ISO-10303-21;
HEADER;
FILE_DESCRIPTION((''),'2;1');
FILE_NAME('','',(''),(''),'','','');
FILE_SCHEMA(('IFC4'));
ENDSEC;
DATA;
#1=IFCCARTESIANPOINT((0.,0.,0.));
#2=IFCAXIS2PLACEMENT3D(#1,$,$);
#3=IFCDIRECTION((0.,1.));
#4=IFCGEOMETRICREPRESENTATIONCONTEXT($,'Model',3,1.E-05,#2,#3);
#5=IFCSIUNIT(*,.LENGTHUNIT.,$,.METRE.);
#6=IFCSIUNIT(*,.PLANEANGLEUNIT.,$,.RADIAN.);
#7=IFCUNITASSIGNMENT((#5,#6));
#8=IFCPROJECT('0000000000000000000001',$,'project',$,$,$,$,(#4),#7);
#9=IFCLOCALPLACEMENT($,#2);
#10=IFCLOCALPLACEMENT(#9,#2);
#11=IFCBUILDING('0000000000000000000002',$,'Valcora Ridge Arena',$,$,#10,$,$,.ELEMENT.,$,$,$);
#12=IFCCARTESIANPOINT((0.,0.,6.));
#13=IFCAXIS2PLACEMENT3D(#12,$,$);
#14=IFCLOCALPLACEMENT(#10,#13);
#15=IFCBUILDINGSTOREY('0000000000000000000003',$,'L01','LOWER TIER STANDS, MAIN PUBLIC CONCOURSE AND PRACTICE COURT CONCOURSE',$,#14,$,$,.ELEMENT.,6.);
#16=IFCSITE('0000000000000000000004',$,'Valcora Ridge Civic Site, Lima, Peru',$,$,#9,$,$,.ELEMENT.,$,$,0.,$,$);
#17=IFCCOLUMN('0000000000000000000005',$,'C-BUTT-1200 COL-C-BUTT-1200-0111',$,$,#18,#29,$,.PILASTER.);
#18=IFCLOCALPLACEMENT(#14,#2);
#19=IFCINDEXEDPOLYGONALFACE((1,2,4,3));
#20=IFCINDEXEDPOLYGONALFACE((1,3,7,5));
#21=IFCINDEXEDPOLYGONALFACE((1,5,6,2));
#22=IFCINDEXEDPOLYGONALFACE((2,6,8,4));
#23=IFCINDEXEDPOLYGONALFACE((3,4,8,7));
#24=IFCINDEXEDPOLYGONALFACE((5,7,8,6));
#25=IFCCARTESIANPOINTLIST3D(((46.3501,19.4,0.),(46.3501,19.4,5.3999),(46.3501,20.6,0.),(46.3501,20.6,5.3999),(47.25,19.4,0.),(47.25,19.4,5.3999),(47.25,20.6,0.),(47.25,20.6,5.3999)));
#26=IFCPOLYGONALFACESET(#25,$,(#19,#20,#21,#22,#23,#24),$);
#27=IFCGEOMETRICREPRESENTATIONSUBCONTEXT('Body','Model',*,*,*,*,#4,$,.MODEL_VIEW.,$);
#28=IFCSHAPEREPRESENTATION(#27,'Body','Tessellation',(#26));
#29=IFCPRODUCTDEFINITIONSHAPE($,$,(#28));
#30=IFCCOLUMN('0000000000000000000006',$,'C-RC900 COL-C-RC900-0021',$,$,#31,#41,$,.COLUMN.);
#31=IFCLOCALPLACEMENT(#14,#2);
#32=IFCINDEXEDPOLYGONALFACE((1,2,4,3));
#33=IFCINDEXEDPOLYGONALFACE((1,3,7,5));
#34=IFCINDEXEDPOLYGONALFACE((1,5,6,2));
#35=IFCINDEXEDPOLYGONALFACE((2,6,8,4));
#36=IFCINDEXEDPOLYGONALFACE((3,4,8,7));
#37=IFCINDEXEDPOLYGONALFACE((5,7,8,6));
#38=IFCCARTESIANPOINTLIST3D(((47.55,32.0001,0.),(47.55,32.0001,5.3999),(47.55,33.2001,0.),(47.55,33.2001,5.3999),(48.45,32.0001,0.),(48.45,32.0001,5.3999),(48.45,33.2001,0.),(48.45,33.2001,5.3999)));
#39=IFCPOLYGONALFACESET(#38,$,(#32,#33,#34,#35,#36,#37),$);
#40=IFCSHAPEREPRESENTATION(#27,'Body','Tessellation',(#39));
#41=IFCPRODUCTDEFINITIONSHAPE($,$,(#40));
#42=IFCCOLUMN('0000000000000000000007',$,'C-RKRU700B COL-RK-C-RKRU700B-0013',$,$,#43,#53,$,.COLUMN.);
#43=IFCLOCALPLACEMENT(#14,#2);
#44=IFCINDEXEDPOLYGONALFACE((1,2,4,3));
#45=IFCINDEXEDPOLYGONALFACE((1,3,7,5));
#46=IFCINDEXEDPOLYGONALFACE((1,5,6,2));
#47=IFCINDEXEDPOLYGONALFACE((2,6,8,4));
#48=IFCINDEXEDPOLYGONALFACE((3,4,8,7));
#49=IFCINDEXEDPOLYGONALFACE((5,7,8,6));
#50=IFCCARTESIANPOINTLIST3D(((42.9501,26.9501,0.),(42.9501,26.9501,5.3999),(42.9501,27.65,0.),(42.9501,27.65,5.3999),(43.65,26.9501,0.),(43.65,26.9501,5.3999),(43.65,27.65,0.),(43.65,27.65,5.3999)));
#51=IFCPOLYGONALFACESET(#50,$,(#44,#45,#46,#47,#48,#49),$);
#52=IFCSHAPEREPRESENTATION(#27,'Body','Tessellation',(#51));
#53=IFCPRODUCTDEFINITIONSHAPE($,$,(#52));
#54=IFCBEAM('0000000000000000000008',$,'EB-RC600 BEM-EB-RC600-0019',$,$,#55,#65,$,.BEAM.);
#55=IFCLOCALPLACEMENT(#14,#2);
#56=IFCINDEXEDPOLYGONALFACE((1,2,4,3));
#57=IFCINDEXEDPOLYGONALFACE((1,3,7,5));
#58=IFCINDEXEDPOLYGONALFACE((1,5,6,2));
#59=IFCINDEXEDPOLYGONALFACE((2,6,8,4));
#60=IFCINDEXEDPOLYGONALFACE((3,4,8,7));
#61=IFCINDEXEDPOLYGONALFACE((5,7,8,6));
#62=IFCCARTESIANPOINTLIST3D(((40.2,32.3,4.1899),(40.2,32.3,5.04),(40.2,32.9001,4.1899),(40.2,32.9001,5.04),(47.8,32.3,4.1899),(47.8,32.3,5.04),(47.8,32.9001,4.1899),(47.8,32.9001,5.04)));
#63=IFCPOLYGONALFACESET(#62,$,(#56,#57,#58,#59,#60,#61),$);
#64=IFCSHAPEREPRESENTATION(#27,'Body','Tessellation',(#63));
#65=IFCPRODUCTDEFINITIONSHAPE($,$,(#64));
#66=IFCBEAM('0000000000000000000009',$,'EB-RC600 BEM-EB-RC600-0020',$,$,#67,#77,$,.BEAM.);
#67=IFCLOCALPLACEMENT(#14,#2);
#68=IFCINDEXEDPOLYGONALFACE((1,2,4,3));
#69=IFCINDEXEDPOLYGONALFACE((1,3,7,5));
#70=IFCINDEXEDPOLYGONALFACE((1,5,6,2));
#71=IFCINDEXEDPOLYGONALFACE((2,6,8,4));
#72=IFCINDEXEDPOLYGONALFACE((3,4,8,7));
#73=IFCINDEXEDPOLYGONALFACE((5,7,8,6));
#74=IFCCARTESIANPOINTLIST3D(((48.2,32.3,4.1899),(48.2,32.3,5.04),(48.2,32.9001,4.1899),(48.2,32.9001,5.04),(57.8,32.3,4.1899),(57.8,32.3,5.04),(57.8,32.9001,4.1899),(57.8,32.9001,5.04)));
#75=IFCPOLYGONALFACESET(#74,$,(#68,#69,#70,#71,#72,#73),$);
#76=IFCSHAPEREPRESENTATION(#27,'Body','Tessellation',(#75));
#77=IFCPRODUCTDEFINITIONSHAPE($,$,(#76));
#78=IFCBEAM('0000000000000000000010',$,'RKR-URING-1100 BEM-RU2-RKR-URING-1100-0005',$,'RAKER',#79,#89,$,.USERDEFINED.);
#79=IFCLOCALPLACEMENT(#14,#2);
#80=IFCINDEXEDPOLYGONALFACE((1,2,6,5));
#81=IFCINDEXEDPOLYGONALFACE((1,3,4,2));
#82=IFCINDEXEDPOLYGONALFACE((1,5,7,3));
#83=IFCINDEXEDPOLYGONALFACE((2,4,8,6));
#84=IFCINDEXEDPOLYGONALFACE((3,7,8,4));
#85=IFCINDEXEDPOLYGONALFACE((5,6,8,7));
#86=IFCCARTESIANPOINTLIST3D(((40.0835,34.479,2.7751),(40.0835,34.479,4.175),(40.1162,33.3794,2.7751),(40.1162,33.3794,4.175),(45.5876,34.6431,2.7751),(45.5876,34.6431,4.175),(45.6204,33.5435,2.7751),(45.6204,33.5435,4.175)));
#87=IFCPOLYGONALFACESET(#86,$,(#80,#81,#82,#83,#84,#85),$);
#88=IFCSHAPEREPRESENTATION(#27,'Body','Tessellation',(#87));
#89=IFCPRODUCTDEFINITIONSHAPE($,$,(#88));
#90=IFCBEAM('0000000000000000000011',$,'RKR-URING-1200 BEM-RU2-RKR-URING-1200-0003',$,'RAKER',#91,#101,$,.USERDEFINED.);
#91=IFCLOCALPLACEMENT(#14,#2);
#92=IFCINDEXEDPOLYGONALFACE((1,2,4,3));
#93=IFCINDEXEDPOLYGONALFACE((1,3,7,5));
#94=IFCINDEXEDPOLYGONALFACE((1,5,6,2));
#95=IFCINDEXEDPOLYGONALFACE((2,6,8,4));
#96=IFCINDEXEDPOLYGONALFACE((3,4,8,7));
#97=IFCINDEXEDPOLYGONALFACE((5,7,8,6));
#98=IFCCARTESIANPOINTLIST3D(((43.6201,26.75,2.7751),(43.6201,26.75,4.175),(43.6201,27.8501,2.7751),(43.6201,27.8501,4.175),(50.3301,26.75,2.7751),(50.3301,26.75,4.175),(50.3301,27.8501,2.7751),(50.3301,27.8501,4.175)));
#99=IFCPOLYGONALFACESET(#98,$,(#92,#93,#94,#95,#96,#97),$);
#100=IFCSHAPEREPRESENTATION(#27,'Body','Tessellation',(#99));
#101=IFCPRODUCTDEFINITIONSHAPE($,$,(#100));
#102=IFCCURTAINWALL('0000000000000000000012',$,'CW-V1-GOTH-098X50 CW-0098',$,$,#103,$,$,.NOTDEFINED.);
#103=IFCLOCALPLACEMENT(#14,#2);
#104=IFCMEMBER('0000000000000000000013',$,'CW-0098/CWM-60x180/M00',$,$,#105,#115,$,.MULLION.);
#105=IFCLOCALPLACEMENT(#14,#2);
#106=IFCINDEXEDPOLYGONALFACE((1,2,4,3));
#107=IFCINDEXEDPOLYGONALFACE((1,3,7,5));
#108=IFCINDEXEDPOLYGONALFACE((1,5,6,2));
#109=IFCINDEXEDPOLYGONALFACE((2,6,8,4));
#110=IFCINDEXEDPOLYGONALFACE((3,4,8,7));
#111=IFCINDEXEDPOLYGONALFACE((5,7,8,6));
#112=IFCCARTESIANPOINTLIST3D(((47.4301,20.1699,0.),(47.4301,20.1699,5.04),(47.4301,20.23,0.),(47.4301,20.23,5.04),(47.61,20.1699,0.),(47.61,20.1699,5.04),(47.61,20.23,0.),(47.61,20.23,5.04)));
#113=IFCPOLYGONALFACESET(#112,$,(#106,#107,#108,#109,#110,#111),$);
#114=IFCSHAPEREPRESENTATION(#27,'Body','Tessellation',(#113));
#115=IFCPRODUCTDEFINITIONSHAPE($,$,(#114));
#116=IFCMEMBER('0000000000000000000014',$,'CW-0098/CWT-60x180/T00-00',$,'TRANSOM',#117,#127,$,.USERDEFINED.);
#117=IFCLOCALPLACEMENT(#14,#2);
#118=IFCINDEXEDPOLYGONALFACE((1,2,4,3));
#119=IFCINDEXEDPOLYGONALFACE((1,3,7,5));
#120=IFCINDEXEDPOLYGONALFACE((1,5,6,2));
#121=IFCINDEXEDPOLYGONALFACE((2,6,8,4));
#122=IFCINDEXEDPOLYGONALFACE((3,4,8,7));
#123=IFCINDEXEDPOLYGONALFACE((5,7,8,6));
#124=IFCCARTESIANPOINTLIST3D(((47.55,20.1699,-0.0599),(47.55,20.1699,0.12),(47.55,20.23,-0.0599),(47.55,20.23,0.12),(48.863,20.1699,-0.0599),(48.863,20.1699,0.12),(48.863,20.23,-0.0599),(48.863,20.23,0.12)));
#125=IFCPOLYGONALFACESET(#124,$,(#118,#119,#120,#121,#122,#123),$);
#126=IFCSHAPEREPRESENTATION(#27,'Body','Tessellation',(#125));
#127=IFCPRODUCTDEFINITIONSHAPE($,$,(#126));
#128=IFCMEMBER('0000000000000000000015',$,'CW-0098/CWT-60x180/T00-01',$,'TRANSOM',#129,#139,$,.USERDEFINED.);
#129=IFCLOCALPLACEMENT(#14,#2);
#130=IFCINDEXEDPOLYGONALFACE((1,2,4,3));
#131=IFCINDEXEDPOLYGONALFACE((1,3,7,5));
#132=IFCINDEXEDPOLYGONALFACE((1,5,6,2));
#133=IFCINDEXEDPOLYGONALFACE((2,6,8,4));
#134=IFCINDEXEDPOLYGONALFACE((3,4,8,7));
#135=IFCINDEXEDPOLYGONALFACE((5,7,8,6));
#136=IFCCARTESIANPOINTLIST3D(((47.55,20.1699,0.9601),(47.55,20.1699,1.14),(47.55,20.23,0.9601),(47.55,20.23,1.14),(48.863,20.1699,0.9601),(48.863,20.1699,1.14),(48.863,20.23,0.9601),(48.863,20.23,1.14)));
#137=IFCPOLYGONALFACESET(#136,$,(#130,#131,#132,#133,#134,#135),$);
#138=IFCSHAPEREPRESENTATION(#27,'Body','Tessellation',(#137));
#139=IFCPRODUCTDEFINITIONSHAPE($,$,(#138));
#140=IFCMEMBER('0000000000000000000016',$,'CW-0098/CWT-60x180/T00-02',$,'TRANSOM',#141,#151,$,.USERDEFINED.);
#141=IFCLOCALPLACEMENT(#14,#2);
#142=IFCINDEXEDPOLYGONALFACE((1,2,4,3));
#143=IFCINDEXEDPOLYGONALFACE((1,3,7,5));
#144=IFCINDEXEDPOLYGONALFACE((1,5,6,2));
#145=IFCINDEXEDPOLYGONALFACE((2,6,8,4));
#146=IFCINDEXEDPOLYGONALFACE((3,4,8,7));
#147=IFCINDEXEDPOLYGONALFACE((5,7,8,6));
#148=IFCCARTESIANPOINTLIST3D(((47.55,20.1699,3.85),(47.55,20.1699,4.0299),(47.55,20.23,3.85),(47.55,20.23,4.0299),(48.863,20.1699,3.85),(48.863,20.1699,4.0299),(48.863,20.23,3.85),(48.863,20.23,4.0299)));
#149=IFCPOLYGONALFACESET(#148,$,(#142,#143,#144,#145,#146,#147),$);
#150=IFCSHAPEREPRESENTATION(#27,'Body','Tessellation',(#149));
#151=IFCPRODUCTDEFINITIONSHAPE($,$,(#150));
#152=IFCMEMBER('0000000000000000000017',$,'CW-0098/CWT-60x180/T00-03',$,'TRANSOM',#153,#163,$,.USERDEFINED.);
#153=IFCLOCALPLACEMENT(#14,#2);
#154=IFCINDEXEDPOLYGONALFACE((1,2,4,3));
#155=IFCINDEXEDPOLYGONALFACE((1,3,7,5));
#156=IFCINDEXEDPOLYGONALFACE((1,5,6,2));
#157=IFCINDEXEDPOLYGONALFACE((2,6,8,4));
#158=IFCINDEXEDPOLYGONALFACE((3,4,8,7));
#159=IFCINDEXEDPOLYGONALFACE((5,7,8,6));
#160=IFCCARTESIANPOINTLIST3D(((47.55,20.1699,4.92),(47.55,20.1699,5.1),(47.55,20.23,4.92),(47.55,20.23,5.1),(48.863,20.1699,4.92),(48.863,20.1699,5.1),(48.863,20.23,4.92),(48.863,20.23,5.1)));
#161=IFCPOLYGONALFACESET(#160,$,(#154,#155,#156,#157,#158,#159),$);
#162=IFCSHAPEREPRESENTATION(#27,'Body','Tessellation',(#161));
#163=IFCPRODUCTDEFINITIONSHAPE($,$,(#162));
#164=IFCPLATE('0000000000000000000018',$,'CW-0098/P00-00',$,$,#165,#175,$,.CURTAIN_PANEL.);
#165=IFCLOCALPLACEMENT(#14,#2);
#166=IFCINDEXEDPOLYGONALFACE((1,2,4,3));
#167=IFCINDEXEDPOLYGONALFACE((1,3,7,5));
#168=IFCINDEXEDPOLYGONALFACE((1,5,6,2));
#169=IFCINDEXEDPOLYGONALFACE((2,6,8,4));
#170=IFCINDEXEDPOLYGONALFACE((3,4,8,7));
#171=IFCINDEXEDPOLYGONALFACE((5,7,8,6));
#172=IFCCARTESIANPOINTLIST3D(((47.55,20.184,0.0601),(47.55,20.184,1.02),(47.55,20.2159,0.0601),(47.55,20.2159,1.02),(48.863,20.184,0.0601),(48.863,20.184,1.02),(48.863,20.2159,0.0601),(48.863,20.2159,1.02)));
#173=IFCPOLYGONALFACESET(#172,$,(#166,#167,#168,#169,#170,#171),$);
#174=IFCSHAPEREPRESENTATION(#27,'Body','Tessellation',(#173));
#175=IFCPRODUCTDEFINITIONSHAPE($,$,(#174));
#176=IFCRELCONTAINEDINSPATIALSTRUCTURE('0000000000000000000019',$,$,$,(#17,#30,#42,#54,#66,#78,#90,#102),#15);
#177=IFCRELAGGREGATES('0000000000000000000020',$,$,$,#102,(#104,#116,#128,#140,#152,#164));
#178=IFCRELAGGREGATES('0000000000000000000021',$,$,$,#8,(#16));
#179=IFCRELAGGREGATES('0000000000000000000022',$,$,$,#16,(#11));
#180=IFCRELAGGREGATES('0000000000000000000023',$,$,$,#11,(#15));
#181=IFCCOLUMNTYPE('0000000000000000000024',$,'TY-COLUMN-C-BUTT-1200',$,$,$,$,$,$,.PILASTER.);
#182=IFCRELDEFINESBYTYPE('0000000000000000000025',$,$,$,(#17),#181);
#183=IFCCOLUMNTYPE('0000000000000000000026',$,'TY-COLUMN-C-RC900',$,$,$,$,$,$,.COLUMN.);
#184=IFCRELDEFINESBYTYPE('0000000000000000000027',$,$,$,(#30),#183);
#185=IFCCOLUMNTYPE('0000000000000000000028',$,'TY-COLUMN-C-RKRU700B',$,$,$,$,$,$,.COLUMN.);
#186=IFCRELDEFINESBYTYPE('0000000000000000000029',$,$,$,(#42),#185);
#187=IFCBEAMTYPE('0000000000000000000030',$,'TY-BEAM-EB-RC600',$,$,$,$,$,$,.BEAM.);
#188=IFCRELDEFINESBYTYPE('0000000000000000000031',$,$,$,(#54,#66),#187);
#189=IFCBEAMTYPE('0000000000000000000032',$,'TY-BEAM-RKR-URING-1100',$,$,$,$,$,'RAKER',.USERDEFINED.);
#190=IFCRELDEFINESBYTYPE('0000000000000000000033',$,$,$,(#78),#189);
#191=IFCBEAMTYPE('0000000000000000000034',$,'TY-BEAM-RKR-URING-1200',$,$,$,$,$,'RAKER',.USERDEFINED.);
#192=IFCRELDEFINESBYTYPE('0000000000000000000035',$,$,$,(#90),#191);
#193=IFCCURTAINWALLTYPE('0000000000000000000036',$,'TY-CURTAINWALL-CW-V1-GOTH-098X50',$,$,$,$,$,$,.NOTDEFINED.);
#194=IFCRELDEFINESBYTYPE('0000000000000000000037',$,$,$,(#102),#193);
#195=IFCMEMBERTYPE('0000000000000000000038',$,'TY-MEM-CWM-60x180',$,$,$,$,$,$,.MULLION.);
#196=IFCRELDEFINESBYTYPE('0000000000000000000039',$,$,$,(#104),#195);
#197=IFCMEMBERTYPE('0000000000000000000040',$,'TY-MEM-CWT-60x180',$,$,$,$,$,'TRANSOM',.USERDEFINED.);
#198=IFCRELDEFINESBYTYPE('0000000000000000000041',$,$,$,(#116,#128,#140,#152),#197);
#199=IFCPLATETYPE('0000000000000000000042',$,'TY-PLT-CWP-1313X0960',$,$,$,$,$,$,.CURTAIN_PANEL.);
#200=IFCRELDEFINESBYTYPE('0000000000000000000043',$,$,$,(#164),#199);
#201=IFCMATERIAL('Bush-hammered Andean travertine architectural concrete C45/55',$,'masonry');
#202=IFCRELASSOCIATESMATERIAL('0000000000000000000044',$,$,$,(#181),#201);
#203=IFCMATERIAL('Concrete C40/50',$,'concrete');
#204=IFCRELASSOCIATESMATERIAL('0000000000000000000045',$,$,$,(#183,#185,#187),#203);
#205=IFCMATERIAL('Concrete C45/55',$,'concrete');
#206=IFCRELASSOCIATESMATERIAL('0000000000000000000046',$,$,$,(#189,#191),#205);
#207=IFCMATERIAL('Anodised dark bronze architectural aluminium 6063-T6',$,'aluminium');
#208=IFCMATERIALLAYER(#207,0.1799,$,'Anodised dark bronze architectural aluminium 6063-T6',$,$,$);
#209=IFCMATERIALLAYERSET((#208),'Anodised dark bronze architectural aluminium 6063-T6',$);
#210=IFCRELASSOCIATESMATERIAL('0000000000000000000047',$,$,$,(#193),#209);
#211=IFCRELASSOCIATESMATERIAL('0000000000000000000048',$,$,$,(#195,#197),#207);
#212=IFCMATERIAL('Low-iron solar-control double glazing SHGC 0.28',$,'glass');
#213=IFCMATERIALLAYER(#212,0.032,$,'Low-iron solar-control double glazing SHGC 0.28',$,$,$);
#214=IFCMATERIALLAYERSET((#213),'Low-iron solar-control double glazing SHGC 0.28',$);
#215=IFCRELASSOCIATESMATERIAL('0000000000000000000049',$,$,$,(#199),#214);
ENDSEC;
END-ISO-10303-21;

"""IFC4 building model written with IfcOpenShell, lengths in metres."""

from ifc_helpers import new_model, si_unit, direction, frame, origin, origin_2d, place, context, subcontext, project, spatial, rectangle, extrude, material, layer, layer_set, material_profile, profile_set, type_object, element, aggregate, save


model = new_model("IFC4")

# Units and contexts
model_context = context("Model", 3, precision=1e-05, world=origin(), true_north=direction((0.0, 1.0)))
body_context = subcontext(model_context, "Body", "Model", "MODEL_VIEW")
ifc_project = project(units=[si_unit("LENGTHUNIT", "METRE"), si_unit("PLANEANGLEUNIT", "RADIAN")], contexts=[model_context])

# Site, building, storey
site_placement = place(None, origin())
site = spatial("IfcSite", under=ifc_project, at=site_placement, Name="Valcora Ridge Civic Site, Lima, Peru", CompositionType="ELEMENT", RefElevation=0.0)
building_placement = place(site_placement, origin())
building = spatial("IfcBuilding", under=site, at=building_placement, Name="Valcora Ridge Arena", CompositionType="ELEMENT")
storey_placement = place(building_placement, frame((0.0, 0.0, 6.0)))
storey = spatial("IfcBuildingStorey", under=building, at=storey_placement, Name="L01", Description="LOWER TIER STANDS, MAIN PUBLIC CONCOURSE AND PRACTICE COURT CONCOURSE", CompositionType="ELEMENT", Elevation=6.0)

# Columns
ifc_material_1 = material(Name="Bush-hammered Andean travertine architectural concrete C45/55", Category="masonry")
ifc_material_profile_1 = material_profile(ifc_material_1, rectangle(XDim=0.8999, YDim=1.2, at=origin_2d()), Name="RC 900x1200")
ifc_profile_set_1 = profile_set([ifc_material_profile_1], Name="Bush-hammered Andean travertine architectural concrete C45/55")
column_type_1 = type_object("IfcColumnType", Name="TY-COLUMN-C-BUTT-1200", PredefinedType="PILASTER", material=ifc_profile_set_1)
column_1_placement = place(storey_placement, frame((46.8, 20.0, 0.0), z_axis=(0.0, 0.0, 1.0), x_axis=(1.0, 0.0, 0.0)))
element("IfcColumn", 1, at=column_1_placement, inside=storey, type_object=column_type_1, Name="C-BUTT-1200 COL-C-BUTT-1200-0111", PredefinedType="PILASTER", context=body_context, shape_type="SweptSolid", body=[
    extrude(rectangle(XDim=0.8999, YDim=1.2, at=origin_2d()), origin(), (0.0, 0.0, 1.0), 5.3999),
])
ifc_material_2 = material(Name="Concrete C40/50", Category="concrete")
ifc_material_profile_2 = material_profile(ifc_material_2, rectangle(XDim=0.8999, YDim=1.2, at=origin_2d()), Name="RC 900x1200")
ifc_profile_set_2 = profile_set([ifc_material_profile_2], Name="Concrete C40/50")
column_type_2 = type_object("IfcColumnType", Name="TY-COLUMN-C-RC900", PredefinedType="COLUMN", material=ifc_profile_set_2)
column_2_placement = place(storey_placement, frame((48.0, 32.6001, 0.0), z_axis=(0.0, 0.0, 1.0), x_axis=(1.0, 0.0, 0.0)))
element("IfcColumn", 2, at=column_2_placement, inside=storey, type_object=column_type_2, Name="C-RC900 COL-C-RC900-0021", PredefinedType="COLUMN", context=body_context, shape_type="SweptSolid", body=[
    extrude(rectangle(XDim=0.8999, YDim=1.2, at=origin_2d()), origin(), (0.0, 0.0, 1.0), 5.3999),
])
ifc_material_profile_3 = material_profile(ifc_material_2, rectangle(XDim=0.7, YDim=0.7, at=origin_2d()), Name="RC 700x700")
ifc_profile_set_3 = profile_set([ifc_material_profile_3], Name="Concrete C40/50")
column_type_3 = type_object("IfcColumnType", Name="TY-COLUMN-C-RKRU700B", PredefinedType="COLUMN", material=ifc_profile_set_3)
column_3_placement = place(storey_placement, frame((43.3, 27.3, 0.0), z_axis=(0.0, 0.0, 1.0), x_axis=(1.0, 0.0, 0.0)))
element("IfcColumn", 3, at=column_3_placement, inside=storey, type_object=column_type_3, Name="C-RKRU700B COL-RK-C-RKRU700B-0013", PredefinedType="COLUMN", context=body_context, shape_type="SweptSolid", body=[
    extrude(rectangle(XDim=0.7, YDim=0.7, at=origin_2d()), origin(), (0.0, 0.0, 1.0), 5.3999),
])

# Beams
ifc_material_profile_4 = material_profile(ifc_material_2, rectangle(XDim=0.6001, YDim=0.8501, at=origin_2d()), Name="RC 600x850")
ifc_profile_set_4 = profile_set([ifc_material_profile_4], Name="Concrete C40/50")
beam_type_1 = type_object("IfcBeamType", Name="TY-BEAM-EB-RC600", PredefinedType="BEAM", material=ifc_profile_set_4)
beam_1_placement = place(storey_placement, frame((40.2, 32.6001, 4.615), z_axis=(1.0, 0.0, 0.0), x_axis=(0.0, 1.0, 0.0)))
element("IfcBeam", 4, at=beam_1_placement, inside=storey, type_object=beam_type_1, Name="EB-RC600 BEM-EB-RC600-0019", PredefinedType="BEAM", context=body_context, shape_type="SweptSolid", body=[
    extrude(rectangle(XDim=0.6001, YDim=0.8501, at=origin_2d()), origin(), (0.0, 0.0, 1.0), 7.6001),
])
beam_2_placement = place(storey_placement, frame((48.2, 32.6001, 4.615), z_axis=(1.0, 0.0, 0.0), x_axis=(0.0, 1.0, 0.0)))
element("IfcBeam", 5, at=beam_2_placement, inside=storey, type_object=beam_type_1, Name="EB-RC600 BEM-EB-RC600-0020", PredefinedType="BEAM", context=body_context, shape_type="SweptSolid", body=[
    extrude(rectangle(XDim=0.6001, YDim=0.8501, at=origin_2d()), origin(), (0.0, 0.0, 1.0), 9.6001),
])
ifc_material_3 = material(Name="Concrete C45/55", Category="concrete")
ifc_material_profile_5 = material_profile(ifc_material_3, rectangle(XDim=1.1001, YDim=1.3999, at=origin_2d()), Name="RC 1100x1400")
ifc_profile_set_5 = profile_set([ifc_material_profile_5], Name="Concrete C45/55")
beam_type_2 = type_object("IfcBeamType", Name="TY-BEAM-RKR-URING-1100", ElementType="RAKER", PredefinedType="USERDEFINED", material=ifc_profile_set_5)
beam_3_placement = place(storey_placement, frame((40.0999, 33.9292, 3.4751), z_axis=(0.999556, 0.029794, 0.0), x_axis=(-0.029794, 0.999556, 0.0)))
element("IfcBeam", 6, at=beam_3_placement, inside=storey, type_object=beam_type_2, Name="RKR-URING-1100 BEM-RU2-RKR-URING-1100-0005", ObjectType="RAKER", PredefinedType="USERDEFINED", context=body_context, shape_type="SweptSolid", body=[
    extrude(rectangle(XDim=1.1001, YDim=1.3999, at=origin_2d()), origin(), (0.0, 0.0, 1.0), 5.5066),
])
ifc_material_profile_6 = material_profile(ifc_material_3, rectangle(XDim=1.1001, YDim=1.3999, at=origin_2d()), Name="RC 1100x1400")
ifc_profile_set_6 = profile_set([ifc_material_profile_6], Name="Concrete C45/55")
beam_type_3 = type_object("IfcBeamType", Name="TY-BEAM-RKR-URING-1200", ElementType="RAKER", PredefinedType="USERDEFINED", material=ifc_profile_set_6)
beam_4_placement = place(storey_placement, frame((43.6201, 27.3, 3.4751), z_axis=(1.0, 0.0, 0.0), x_axis=(0.0, 1.0, 0.0)))
element("IfcBeam", 7, at=beam_4_placement, inside=storey, type_object=beam_type_3, Name="RKR-URING-1200 BEM-RU2-RKR-URING-1200-0003", ObjectType="RAKER", PredefinedType="USERDEFINED", context=body_context, shape_type="SweptSolid", body=[
    extrude(rectangle(XDim=1.1001, YDim=1.3999, at=origin_2d()), origin(), (0.0, 0.0, 1.0), 6.71),
])

# Curtain wall, members, plate
ifc_material_4 = material(Name="Anodised dark bronze architectural aluminium 6063-T6", Category="aluminium")
ifc_layer_1 = layer(ifc_material_4, 0.1799, Name="Anodised dark bronze architectural aluminium 6063-T6")
ifc_layer_set_1 = layer_set([ifc_layer_1], Name="Anodised dark bronze architectural aluminium 6063-T6")
curtain_wall_type = type_object("IfcCurtainWallType", Name="TY-CURTAINWALL-CW-V1-GOTH-098X50", PredefinedType="NOTDEFINED", material=ifc_layer_set_1)
curtain_wall_placement = place(storey_placement, origin())
curtain_wall = element("IfcCurtainWall", 8, at=curtain_wall_placement, inside=storey, type_object=curtain_wall_type, Name="CW-V1-GOTH-098X50 CW-0098", PredefinedType="NOTDEFINED")
ifc_material_profile_7 = material_profile(ifc_material_4, rectangle(XDim=0.0601, YDim=0.1799, at=origin_2d()), Name="ALU MULLION 60x180")
ifc_profile_set_7 = profile_set([ifc_material_profile_7], Name="Anodised dark bronze architectural aluminium 6063-T6")
member_type_1 = type_object("IfcMemberType", Name="TY-MEM-CWM-60x180", PredefinedType="MULLION", material=ifc_profile_set_7)
member_1_placement = place(storey_placement, frame((47.52, 20.2, 0.0), z_axis=(0.0, 0.0, 1.0), x_axis=(0.0, 1.0, 0.0)))
member_1 = element("IfcMember", 9, at=member_1_placement, type_object=member_type_1, Name="CW-0098/CWM-60x180/M00", PredefinedType="MULLION", context=body_context, shape_type="SweptSolid", body=[
    extrude(rectangle(XDim=0.0601, YDim=0.1799, at=origin_2d()), origin(), (0.0, 0.0, 1.0), 5.04),
])
ifc_material_profile_8 = material_profile(ifc_material_4, rectangle(XDim=0.0601, YDim=0.1799, at=origin_2d()), Name="ALU TRANSOM 60x180")
ifc_profile_set_8 = profile_set([ifc_material_profile_8], Name="Anodised dark bronze architectural aluminium 6063-T6")
member_type_2 = type_object("IfcMemberType", Name="TY-MEM-CWT-60x180", ElementType="TRANSOM", PredefinedType="USERDEFINED", material=ifc_profile_set_8)
member_2_placement = place(storey_placement, frame((47.55, 20.2, 0.03), z_axis=(1.0, 0.0, 0.0), x_axis=(0.0, 1.0, 0.0)))
member_2 = element("IfcMember", 10, at=member_2_placement, type_object=member_type_2, Name="CW-0098/CWT-60x180/T00-00", ObjectType="TRANSOM", PredefinedType="USERDEFINED", context=body_context, shape_type="SweptSolid", body=[
    extrude(rectangle(XDim=0.0601, YDim=0.1799, at=origin_2d()), origin(), (0.0, 0.0, 1.0), 1.313),
])
member_3_placement = place(storey_placement, frame((47.55, 20.2, 1.05), z_axis=(1.0, 0.0, 0.0), x_axis=(0.0, 1.0, 0.0)))
member_3 = element("IfcMember", 11, at=member_3_placement, type_object=member_type_2, Name="CW-0098/CWT-60x180/T00-01", ObjectType="TRANSOM", PredefinedType="USERDEFINED", context=body_context, shape_type="SweptSolid", body=[
    extrude(rectangle(XDim=0.0601, YDim=0.1799, at=origin_2d()), origin(), (0.0, 0.0, 1.0), 1.313),
])
member_4_placement = place(storey_placement, frame((47.55, 20.2, 3.9399), z_axis=(1.0, 0.0, 0.0), x_axis=(0.0, 1.0, 0.0)))
member_4 = element("IfcMember", 12, at=member_4_placement, type_object=member_type_2, Name="CW-0098/CWT-60x180/T00-02", ObjectType="TRANSOM", PredefinedType="USERDEFINED", context=body_context, shape_type="SweptSolid", body=[
    extrude(rectangle(XDim=0.0601, YDim=0.1799, at=origin_2d()), origin(), (0.0, 0.0, 1.0), 1.313),
])
member_5_placement = place(storey_placement, frame((47.55, 20.2, 5.01), z_axis=(1.0, 0.0, 0.0), x_axis=(0.0, 1.0, 0.0)))
member_5 = element("IfcMember", 13, at=member_5_placement, type_object=member_type_2, Name="CW-0098/CWT-60x180/T00-03", ObjectType="TRANSOM", PredefinedType="USERDEFINED", context=body_context, shape_type="SweptSolid", body=[
    extrude(rectangle(XDim=0.0601, YDim=0.1799, at=origin_2d()), origin(), (0.0, 0.0, 1.0), 1.313),
])
ifc_material_5 = material(Name="Low-iron solar-control double glazing SHGC 0.28", Category="glass")
ifc_layer_2 = layer(ifc_material_5, 0.032, Name="Low-iron solar-control double glazing SHGC 0.28")
ifc_layer_set_2 = layer_set([ifc_layer_2], Name="Low-iron solar-control double glazing SHGC 0.28")
plate_type_1 = type_object("IfcPlateType", Name="TY-PLT-CWP-1313X0960", PredefinedType="CURTAIN_PANEL", material=ifc_layer_set_2)
plate_1_placement = place(storey_placement, frame((48.2065, 20.2, 0.0601), z_axis=(0.0, 0.0, 1.0), x_axis=(1.0, 0.0, 0.0)))
plate_1 = element("IfcPlate", 14, at=plate_1_placement, type_object=plate_type_1, Name="CW-0098/P00-00", PredefinedType="CURTAIN_PANEL", context=body_context, shape_type="SweptSolid", body=[
    extrude(rectangle(XDim=1.313, YDim=0.032, at=origin_2d()), origin(), (0.0, 0.0, 1.0), 0.96),
])
aggregate(curtain_wall, [member_1, member_2, member_3, member_4, member_5, plate_1])

save(model, "model.ifc")
